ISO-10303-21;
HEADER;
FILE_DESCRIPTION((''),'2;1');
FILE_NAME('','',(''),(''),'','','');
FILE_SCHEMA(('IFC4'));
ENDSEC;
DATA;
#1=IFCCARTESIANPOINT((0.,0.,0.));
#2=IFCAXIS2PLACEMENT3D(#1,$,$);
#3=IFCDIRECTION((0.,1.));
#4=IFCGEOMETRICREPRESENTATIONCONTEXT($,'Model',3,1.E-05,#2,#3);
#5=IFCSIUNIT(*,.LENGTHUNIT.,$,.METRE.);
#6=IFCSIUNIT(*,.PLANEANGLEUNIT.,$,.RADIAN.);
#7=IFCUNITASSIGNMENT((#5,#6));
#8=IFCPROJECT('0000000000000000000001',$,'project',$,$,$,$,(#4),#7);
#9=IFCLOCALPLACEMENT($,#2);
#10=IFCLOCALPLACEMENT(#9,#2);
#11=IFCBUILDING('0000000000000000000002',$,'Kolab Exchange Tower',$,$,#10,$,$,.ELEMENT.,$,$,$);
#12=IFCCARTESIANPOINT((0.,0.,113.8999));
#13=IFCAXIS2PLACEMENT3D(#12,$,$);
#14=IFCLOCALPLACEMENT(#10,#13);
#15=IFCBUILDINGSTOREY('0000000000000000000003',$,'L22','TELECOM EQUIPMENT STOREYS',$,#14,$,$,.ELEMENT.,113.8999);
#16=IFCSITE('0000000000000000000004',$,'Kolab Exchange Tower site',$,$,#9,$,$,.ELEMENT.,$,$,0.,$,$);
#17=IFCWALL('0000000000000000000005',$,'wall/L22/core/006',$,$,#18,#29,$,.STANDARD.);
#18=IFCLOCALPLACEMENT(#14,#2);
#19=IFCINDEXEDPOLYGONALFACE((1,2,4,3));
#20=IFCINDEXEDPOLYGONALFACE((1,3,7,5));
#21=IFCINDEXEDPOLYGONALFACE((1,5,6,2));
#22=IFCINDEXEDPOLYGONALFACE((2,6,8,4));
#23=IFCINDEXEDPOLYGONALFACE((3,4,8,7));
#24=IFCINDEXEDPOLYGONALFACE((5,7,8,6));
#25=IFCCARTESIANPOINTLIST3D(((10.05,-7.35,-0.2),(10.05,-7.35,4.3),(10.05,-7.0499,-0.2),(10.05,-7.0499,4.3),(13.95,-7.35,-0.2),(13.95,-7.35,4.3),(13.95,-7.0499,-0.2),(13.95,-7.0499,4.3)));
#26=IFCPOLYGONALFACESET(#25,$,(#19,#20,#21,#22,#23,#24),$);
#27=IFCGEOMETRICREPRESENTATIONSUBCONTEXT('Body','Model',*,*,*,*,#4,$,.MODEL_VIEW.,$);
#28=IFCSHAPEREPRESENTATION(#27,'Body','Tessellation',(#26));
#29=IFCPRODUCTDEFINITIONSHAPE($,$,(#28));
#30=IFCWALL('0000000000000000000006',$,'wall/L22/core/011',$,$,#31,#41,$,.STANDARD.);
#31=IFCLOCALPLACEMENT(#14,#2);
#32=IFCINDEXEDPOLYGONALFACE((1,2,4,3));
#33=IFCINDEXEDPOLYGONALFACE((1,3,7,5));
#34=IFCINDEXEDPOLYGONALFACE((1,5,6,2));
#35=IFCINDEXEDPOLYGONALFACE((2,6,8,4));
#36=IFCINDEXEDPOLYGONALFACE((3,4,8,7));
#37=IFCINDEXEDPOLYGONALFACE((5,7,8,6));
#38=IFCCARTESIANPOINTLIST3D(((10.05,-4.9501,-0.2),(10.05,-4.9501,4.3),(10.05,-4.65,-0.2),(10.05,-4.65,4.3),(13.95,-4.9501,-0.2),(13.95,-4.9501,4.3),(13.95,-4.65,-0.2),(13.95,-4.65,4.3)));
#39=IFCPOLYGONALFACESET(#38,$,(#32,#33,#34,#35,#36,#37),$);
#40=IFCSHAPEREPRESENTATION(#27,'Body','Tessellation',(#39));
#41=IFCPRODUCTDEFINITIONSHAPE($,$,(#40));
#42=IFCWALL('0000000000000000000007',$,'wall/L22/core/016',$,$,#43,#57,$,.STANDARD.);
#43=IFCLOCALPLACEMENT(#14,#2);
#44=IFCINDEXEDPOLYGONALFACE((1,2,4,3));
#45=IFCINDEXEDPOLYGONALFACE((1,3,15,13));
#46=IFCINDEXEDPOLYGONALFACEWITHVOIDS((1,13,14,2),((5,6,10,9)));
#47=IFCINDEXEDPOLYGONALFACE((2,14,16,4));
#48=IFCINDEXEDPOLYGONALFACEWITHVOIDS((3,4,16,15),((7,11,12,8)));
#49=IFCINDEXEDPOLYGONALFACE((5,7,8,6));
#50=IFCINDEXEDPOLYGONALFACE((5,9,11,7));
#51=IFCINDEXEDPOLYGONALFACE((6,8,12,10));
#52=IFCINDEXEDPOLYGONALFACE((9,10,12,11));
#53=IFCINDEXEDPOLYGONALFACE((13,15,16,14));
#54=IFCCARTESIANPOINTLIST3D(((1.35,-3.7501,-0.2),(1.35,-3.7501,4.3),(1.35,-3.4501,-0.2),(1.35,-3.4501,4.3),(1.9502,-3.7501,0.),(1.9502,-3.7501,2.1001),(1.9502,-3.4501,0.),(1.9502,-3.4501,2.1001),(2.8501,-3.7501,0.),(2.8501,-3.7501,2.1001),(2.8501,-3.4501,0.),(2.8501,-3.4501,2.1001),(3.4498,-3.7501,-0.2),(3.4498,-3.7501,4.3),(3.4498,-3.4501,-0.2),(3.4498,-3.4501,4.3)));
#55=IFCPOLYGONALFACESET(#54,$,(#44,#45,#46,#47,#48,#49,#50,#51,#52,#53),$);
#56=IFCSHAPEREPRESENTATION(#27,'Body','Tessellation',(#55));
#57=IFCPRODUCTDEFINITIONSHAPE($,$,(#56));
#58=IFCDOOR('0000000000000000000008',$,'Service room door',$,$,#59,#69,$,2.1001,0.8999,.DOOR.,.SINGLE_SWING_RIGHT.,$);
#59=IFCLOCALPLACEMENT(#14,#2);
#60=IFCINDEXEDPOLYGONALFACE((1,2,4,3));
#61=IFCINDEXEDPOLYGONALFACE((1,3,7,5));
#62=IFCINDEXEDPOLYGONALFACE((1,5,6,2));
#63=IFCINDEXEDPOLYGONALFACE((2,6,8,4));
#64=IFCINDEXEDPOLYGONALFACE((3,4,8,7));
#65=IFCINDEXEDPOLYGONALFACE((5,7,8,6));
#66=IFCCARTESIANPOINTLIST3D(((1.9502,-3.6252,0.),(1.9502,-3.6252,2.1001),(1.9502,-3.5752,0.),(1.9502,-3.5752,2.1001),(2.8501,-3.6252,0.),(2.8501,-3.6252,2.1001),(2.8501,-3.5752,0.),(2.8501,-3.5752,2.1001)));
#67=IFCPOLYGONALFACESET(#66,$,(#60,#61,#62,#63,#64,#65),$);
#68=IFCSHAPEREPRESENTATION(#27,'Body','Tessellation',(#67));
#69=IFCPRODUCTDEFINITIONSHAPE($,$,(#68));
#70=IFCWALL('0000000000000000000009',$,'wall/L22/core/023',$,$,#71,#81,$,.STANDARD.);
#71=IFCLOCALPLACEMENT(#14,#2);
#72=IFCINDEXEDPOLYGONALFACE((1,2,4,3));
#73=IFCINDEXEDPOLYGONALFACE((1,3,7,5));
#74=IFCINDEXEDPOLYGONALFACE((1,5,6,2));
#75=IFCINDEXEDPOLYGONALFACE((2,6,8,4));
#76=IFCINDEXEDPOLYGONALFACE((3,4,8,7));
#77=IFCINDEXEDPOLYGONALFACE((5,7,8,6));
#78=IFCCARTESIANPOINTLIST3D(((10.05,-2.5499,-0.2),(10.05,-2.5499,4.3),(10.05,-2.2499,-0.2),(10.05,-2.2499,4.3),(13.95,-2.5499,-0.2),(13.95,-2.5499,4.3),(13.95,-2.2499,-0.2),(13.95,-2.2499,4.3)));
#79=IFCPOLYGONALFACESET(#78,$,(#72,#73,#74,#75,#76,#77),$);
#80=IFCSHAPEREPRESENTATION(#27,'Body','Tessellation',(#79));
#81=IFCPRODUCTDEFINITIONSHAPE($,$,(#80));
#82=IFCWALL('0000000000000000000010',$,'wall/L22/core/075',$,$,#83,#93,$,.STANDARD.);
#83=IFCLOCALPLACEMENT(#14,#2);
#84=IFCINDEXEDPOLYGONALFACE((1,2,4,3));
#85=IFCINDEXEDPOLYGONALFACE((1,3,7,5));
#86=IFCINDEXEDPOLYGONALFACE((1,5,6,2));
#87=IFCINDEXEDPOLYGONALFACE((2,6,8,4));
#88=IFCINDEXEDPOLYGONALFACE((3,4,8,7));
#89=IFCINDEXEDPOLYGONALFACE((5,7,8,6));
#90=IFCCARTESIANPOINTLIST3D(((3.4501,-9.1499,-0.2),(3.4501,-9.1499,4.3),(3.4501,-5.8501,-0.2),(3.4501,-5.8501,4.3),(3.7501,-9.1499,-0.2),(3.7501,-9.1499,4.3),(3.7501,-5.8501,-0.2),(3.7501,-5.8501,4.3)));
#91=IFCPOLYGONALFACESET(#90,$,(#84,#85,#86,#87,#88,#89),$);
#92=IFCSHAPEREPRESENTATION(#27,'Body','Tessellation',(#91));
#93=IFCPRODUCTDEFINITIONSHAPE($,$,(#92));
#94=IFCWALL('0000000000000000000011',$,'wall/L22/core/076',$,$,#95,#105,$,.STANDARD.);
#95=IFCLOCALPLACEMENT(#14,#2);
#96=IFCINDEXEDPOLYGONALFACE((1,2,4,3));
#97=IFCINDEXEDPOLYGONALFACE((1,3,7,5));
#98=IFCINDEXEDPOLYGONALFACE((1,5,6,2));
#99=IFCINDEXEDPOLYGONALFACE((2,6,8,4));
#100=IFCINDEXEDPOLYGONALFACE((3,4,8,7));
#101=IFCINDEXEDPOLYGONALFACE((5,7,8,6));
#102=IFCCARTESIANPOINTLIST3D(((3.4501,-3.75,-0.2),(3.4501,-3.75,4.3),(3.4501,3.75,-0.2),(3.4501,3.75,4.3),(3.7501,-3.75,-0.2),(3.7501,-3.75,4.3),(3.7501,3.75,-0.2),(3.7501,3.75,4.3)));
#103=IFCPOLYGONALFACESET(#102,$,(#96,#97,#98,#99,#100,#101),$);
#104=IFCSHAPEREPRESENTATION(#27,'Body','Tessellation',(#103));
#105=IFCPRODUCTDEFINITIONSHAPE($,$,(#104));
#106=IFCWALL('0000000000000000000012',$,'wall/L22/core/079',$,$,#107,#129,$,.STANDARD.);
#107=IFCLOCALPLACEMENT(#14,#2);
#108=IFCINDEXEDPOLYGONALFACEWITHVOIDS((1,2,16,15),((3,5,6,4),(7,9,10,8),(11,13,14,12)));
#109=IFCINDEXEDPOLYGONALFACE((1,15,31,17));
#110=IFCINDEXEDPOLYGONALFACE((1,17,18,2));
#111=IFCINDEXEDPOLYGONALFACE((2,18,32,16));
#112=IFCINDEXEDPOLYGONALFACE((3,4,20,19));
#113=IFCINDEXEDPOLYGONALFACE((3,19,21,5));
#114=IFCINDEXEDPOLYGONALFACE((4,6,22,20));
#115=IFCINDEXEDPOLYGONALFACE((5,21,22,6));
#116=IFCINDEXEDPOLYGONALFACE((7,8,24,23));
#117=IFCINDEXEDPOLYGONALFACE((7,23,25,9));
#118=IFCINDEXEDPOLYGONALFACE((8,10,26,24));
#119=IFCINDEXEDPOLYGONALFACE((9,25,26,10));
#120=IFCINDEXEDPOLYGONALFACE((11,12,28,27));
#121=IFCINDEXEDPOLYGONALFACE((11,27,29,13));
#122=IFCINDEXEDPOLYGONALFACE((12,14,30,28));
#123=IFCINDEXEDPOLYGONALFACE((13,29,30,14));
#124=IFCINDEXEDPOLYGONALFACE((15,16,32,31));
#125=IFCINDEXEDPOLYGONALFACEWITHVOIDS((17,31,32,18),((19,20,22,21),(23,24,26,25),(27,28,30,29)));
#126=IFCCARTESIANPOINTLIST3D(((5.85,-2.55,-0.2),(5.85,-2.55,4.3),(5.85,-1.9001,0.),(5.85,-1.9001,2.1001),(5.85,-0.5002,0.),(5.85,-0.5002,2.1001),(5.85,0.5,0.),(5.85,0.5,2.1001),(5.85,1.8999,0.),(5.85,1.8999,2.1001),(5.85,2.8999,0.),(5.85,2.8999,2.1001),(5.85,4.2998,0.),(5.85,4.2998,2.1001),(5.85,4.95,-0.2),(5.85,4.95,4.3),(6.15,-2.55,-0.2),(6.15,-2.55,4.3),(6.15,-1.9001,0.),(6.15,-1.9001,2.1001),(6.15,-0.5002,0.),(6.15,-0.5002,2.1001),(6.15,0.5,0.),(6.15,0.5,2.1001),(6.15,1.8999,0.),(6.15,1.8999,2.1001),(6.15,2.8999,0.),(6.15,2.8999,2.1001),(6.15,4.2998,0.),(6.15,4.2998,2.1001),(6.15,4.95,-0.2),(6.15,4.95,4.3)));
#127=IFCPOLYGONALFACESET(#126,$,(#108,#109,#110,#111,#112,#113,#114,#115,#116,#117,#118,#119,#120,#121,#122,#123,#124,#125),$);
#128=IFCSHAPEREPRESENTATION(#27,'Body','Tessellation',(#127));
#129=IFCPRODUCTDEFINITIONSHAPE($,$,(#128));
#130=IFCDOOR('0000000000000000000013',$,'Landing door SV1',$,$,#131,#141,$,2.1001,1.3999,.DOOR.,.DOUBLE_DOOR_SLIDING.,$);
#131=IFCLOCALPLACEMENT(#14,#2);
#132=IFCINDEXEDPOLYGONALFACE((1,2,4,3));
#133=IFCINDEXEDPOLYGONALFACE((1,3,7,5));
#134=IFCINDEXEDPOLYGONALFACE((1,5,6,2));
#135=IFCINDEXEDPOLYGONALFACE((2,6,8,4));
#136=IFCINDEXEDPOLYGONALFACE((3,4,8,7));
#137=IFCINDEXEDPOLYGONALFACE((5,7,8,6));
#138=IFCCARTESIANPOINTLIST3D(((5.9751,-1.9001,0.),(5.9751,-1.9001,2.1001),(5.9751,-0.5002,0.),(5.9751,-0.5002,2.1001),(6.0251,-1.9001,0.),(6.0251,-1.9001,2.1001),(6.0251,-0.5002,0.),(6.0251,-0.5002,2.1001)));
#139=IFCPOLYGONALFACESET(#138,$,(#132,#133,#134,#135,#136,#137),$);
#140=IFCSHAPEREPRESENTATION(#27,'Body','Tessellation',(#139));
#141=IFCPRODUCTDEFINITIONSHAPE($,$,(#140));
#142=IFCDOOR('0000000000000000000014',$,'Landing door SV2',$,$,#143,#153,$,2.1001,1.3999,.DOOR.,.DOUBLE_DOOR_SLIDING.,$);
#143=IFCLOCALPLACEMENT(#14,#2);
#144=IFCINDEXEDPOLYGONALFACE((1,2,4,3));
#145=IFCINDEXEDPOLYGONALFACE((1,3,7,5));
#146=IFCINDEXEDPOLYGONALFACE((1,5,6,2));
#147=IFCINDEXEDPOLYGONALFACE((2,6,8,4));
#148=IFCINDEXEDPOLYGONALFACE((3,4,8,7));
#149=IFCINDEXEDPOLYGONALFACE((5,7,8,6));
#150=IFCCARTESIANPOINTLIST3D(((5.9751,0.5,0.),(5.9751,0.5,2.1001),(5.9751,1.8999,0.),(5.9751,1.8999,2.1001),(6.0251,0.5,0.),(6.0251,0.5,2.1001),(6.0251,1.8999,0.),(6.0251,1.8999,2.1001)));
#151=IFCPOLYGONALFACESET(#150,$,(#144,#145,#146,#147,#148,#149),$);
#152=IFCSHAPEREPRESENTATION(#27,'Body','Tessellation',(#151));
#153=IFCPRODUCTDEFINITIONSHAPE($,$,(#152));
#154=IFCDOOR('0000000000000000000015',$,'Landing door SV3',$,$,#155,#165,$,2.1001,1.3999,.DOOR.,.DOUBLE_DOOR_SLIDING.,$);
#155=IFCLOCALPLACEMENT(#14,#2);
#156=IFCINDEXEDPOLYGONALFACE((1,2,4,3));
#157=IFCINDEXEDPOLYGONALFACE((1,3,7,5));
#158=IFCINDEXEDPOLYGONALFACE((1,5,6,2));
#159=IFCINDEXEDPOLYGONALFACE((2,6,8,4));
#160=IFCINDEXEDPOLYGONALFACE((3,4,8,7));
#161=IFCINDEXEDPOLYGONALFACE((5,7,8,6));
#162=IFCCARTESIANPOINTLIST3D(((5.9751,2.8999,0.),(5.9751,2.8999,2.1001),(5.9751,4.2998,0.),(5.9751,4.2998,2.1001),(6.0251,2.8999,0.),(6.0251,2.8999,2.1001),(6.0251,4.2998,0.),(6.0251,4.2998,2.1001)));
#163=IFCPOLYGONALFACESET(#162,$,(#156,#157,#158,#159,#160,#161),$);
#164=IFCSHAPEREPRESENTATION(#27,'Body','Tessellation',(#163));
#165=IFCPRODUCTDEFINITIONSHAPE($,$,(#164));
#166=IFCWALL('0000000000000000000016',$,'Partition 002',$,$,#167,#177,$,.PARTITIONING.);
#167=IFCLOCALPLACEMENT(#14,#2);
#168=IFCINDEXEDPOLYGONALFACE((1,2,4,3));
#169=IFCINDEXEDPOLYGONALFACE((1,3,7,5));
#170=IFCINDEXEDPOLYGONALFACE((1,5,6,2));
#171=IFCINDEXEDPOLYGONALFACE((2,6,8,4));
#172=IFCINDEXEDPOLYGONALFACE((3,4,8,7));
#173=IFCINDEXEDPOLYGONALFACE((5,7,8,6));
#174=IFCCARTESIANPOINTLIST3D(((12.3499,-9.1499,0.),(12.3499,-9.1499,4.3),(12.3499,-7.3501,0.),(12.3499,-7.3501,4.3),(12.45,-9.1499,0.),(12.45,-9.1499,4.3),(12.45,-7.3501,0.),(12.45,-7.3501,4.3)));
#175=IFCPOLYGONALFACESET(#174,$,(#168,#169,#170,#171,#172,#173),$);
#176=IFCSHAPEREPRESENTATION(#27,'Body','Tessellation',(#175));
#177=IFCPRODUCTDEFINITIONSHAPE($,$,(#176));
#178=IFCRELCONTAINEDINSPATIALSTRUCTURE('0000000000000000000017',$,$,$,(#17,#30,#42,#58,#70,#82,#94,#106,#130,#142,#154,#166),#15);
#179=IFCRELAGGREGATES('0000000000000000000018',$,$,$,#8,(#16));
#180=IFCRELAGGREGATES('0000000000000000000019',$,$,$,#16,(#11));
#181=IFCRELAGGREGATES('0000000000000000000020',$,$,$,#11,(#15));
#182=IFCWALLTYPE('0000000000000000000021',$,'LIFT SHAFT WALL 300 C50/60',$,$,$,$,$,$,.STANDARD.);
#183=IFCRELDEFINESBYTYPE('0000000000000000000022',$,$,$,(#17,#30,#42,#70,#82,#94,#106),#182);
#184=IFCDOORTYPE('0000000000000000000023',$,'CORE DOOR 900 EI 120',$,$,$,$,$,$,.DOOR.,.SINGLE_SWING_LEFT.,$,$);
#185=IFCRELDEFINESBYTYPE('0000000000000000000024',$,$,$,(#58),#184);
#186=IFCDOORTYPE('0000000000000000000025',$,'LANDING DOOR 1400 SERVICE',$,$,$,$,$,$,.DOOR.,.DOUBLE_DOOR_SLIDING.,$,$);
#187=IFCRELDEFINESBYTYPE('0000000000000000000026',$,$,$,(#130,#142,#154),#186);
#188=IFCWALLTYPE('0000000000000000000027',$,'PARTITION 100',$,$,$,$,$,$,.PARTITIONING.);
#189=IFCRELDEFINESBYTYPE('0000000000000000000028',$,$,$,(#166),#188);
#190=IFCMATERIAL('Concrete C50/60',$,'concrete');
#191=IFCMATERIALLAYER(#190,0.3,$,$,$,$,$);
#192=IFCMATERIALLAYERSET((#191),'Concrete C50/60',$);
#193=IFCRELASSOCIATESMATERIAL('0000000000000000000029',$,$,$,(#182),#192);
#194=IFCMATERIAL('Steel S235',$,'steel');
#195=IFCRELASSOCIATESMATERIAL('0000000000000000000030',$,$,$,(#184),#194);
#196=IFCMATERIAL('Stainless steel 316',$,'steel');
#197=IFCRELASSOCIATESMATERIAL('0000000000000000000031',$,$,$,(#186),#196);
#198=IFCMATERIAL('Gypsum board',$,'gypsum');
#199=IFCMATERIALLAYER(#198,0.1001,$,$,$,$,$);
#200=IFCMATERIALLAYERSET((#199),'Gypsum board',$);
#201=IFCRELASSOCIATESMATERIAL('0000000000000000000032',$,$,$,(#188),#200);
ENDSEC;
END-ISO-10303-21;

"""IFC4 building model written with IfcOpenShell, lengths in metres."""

from ifc_helpers import new_model, si_unit, direction, frame, frame_2d, origin, place, context, subcontext, project, spatial, rectangle, extrude, material, layer, layer_set, type_object, element, fill, save


model = new_model("IFC4")

# Units and contexts
model_context = context("Model", 3, precision=1e-05, world=origin(), true_north=direction((0.0, 1.0)))
body_context = subcontext(model_context, "Body", "Model", "MODEL_VIEW")
ifc_project = project(units=[si_unit("LENGTHUNIT", "METRE"), si_unit("PLANEANGLEUNIT", "RADIAN")], contexts=[model_context])

# Site, building, storey
site_placement = place(None, origin())
site = spatial("IfcSite", under=ifc_project, at=site_placement, Name="Kolab Exchange Tower site", CompositionType="ELEMENT", RefElevation=0.0)
building_placement = place(site_placement, origin())
building = spatial("IfcBuilding", under=site, at=building_placement, Name="Kolab Exchange Tower", CompositionType="ELEMENT")
storey_placement = place(building_placement, frame((0.0, 0.0, 113.8999)))
storey = spatial("IfcBuildingStorey", under=building, at=storey_placement, Name="L22", Description="TELECOM EQUIPMENT STOREYS", CompositionType="ELEMENT", Elevation=113.8999)

# Walls
ifc_material_1 = material(Name="Concrete C50/60", Category="concrete")
ifc_layer_1 = layer(ifc_material_1, 0.3)
ifc_layer_set_1 = layer_set([ifc_layer_1], Name="Concrete C50/60")
wall_type_1 = type_object("IfcWallType", Name="LIFT SHAFT WALL 300 C50/60", PredefinedType="STANDARD", material=ifc_layer_set_1)
for number, where, z_axis, x_axis, name in (
    (1, (10.05, -7.2, -0.2), (0.0, 0.0, 1.0), (1.0, 0.0, 0.0), "wall/L22/core/006"),
    (2, (10.05, -4.8, -0.2), (0.0, 0.0, 1.0), (1.0, 0.0, 0.0), "wall/L22/core/011"),
):
    element("IfcWall", number, at=place(storey_placement, frame(where, z_axis=z_axis, x_axis=x_axis)), inside=storey, type_object=wall_type_1, Name=name, PredefinedType="STANDARD", context=body_context, shape_type="SweptSolid", body=[
        extrude(rectangle(XDim=3.8999, YDim=0.3, at=frame_2d((1.95, 0.0))), origin(), (0.0, 0.0, 1.0), 4.5),
    ])

# Wall, opening, door
wall_1_placement = place(storey_placement, frame((1.3501, -3.6001, -0.2), z_axis=(0.0, 0.0, 1.0), x_axis=(1.0, 0.0, 0.0)))
wall_1 = element("IfcWall", 3, at=wall_1_placement, inside=storey, type_object=wall_type_1, Name="wall/L22/core/016", PredefinedType="STANDARD", context=body_context, shape_type="SweptSolid", body=[
    extrude(rectangle(XDim=2.0999, YDim=0.3, at=frame_2d((1.0498, 0.0))), origin(), (0.0, 0.0, 1.0), 4.5),
])
opening_1_placement = place(wall_1_placement, frame((0.6001, 0.0, 0.2)))
opening_1 = element("IfcOpeningElement", 4, at=opening_1_placement, cuts=wall_1, PredefinedType="OPENING", context=body_context, shape_type="SweptSolid", body=[
    extrude(rectangle(XDim=0.8999, YDim=2.1001, at=frame_2d((0.45, 1.05))), frame((0.0, 0.1602, 0.0), z_axis=(0.0, -1.0, 0.0), x_axis=(1.0, 0.0, 0.0)), (0.0, 0.0, 1.0), 0.3201),
])
ifc_material_2 = material(Name="Steel S235", Category="steel")
door_type_1 = type_object("IfcDoorType", Name="CORE DOOR 900 EI 120", OperationType="SINGLE_SWING_LEFT", PredefinedType="DOOR", material=ifc_material_2)
door_1_placement = place(opening_1_placement, origin())
door_1 = element("IfcDoor", 5, at=door_1_placement, inside=storey, type_object=door_type_1, Name="Service room door", OperationType="SINGLE_SWING_RIGHT", OverallHeight=2.1001, OverallWidth=0.8999, PredefinedType="DOOR", context=body_context, shape_type="SweptSolid", body=[
    extrude(rectangle(XDim=0.8999, YDim=2.1001, at=frame_2d((0.45, 1.05))), frame((0.0, 0.0249, 0.0), z_axis=(0.0, -1.0, 0.0), x_axis=(1.0, 0.0, 0.0)), (0.0, 0.0, 1.0), 0.05),
])
fill(opening_1, door_1)

# Walls
wall_2_placement = place(storey_placement, frame((10.05, -2.3999, -0.2), z_axis=(0.0, 0.0, 1.0), x_axis=(1.0, 0.0, 0.0)))
element("IfcWall", 6, at=wall_2_placement, inside=storey, type_object=wall_type_1, Name="wall/L22/core/023", PredefinedType="STANDARD", context=body_context, shape_type="SweptSolid", body=[
    extrude(rectangle(XDim=3.8999, YDim=0.3, at=frame_2d((1.95, 0.0))), origin(), (0.0, 0.0, 1.0), 4.5),
])
wall_3_placement = place(storey_placement, frame((3.6001, -9.1499, -0.2), z_axis=(0.0, 0.0, 1.0), x_axis=(0.0, 1.0, 0.0)))
element("IfcWall", 7, at=wall_3_placement, inside=storey, type_object=wall_type_1, Name="wall/L22/core/075", PredefinedType="STANDARD", context=body_context, shape_type="SweptSolid", body=[
    extrude(rectangle(XDim=3.2998, YDim=0.3, at=frame_2d((1.6499, 0.0))), origin(), (0.0, 0.0, 1.0), 4.5),
])
wall_4_placement = place(storey_placement, frame((3.6001, -3.75, -0.2), z_axis=(0.0, 0.0, 1.0), x_axis=(0.0, 1.0, 0.0)))
element("IfcWall", 8, at=wall_4_placement, inside=storey, type_object=wall_type_1, Name="wall/L22/core/076", PredefinedType="STANDARD", context=body_context, shape_type="SweptSolid", body=[
    extrude(rectangle(XDim=7.5, YDim=0.3, at=frame_2d((3.75, 0.0))), origin(), (0.0, 0.0, 1.0), 4.5),
])

# Wall, openings, doors
wall_5_placement = place(storey_placement, frame((6.0, -2.55, -0.2), z_axis=(0.0, 0.0, 1.0), x_axis=(0.0, 1.0, 0.0)))
wall_5 = element("IfcWall", 9, at=wall_5_placement, inside=storey, type_object=wall_type_1, Name="wall/L22/core/079", PredefinedType="STANDARD", context=body_context, shape_type="SweptSolid", body=[
    extrude(rectangle(XDim=7.5, YDim=0.3, at=frame_2d((3.75, 0.0))), origin(), (0.0, 0.0, 1.0), 4.5),
])
opening_2_placement = place(wall_5_placement, frame((0.6499, 0.0, 0.2)))
opening_2 = element("IfcOpeningElement", 10, at=opening_2_placement, cuts=wall_5, PredefinedType="OPENING", context=body_context, shape_type="SweptSolid", body=[
    extrude(rectangle(XDim=1.3999, YDim=2.1001, at=frame_2d((0.7, 1.05))), frame((0.0, 0.1602, 0.0), z_axis=(0.0, -1.0, 0.0), x_axis=(1.0, 0.0, 0.0)), (0.0, 0.0, 1.0), 0.3201),
])
opening_3_placement = place(wall_5_placement, frame((3.05, 0.0, 0.2)))
opening_3 = element("IfcOpeningElement", 11, at=opening_3_placement, cuts=wall_5, PredefinedType="OPENING", context=body_context, shape_type="SweptSolid", body=[
    extrude(rectangle(XDim=1.3999, YDim=2.1001, at=frame_2d((0.7, 1.05))), frame((0.0, 0.1602, 0.0), z_axis=(0.0, -1.0, 0.0), x_axis=(1.0, 0.0, 0.0)), (0.0, 0.0, 1.0), 0.3201),
])
opening_4_placement = place(wall_5_placement, frame((5.45, 0.0, 0.2)))
opening_4 = element("IfcOpeningElement", 12, at=opening_4_placement, cuts=wall_5, PredefinedType="OPENING", context=body_context, shape_type="SweptSolid", body=[
    extrude(rectangle(XDim=1.3999, YDim=2.1001, at=frame_2d((0.7, 1.05))), frame((0.0, 0.1602, 0.0), z_axis=(0.0, -1.0, 0.0), x_axis=(1.0, 0.0, 0.0)), (0.0, 0.0, 1.0), 0.3201),
])
ifc_material_3 = material(Name="Stainless steel 316", Category="steel")
door_type_2 = type_object("IfcDoorType", Name="LANDING DOOR 1400 SERVICE", OperationType="DOUBLE_DOOR_SLIDING", PredefinedType="DOOR", material=ifc_material_3)
door_2_placement = place(opening_2_placement, origin())
door_2 = element("IfcDoor", 13, at=door_2_placement, inside=storey, type_object=door_type_2, Name="Landing door SV1", OperationType="DOUBLE_DOOR_SLIDING", OverallHeight=2.1001, OverallWidth=1.3999, PredefinedType="DOOR", context=body_context, shape_type="SweptSolid", body=[
    extrude(rectangle(XDim=1.3999, YDim=2.1001, at=frame_2d((0.7, 1.05))), frame((0.0, 0.0249, 0.0), z_axis=(0.0, -1.0, 0.0), x_axis=(1.0, 0.0, 0.0)), (0.0, 0.0, 1.0), 0.05),
])
fill(opening_2, door_2)
door_3_placement = place(opening_3_placement, origin())
door_3 = element("IfcDoor", 14, at=door_3_placement, inside=storey, type_object=door_type_2, Name="Landing door SV2", OperationType="DOUBLE_DOOR_SLIDING", OverallHeight=2.1001, OverallWidth=1.3999, PredefinedType="DOOR", context=body_context, shape_type="SweptSolid", body=[
    extrude(rectangle(XDim=1.3999, YDim=2.1001, at=frame_2d((0.7, 1.05))), frame((0.0, 0.0249, 0.0), z_axis=(0.0, -1.0, 0.0), x_axis=(1.0, 0.0, 0.0)), (0.0, 0.0, 1.0), 0.05),
])
fill(opening_3, door_3)
door_4_placement = place(opening_4_placement, origin())
door_4 = element("IfcDoor", 15, at=door_4_placement, inside=storey, type_object=door_type_2, Name="Landing door SV3", OperationType="DOUBLE_DOOR_SLIDING", OverallHeight=2.1001, OverallWidth=1.3999, PredefinedType="DOOR", context=body_context, shape_type="SweptSolid", body=[
    extrude(rectangle(XDim=1.3999, YDim=2.1001, at=frame_2d((0.7, 1.05))), frame((0.0, 0.0249, 0.0), z_axis=(0.0, -1.0, 0.0), x_axis=(1.0, 0.0, 0.0)), (0.0, 0.0, 1.0), 0.05),
])
fill(opening_4, door_4)

# Wall
ifc_material_4 = material(Name="Gypsum board", Category="gypsum")
ifc_layer_2 = layer(ifc_material_4, 0.1001)
ifc_layer_set_2 = layer_set([ifc_layer_2], Name="Gypsum board")
wall_type_2 = type_object("IfcWallType", Name="PARTITION 100", PredefinedType="PARTITIONING", material=ifc_layer_set_2)
wall_6_placement = place(storey_placement, frame((12.3999, -9.1499, 0.0), z_axis=(0.0, 0.0, 1.0), x_axis=(0.0, 1.0, 0.0)))
element("IfcWall", 16, at=wall_6_placement, inside=storey, type_object=wall_type_2, Name="Partition 002", PredefinedType="PARTITIONING", context=body_context, shape_type="SweptSolid", body=[
    extrude(rectangle(XDim=1.7998, YDim=0.1001, at=frame_2d((0.8999, 0.0))), origin(), (0.0, 0.0, 1.0), 4.3),
])

save(model, "model.ifc")
